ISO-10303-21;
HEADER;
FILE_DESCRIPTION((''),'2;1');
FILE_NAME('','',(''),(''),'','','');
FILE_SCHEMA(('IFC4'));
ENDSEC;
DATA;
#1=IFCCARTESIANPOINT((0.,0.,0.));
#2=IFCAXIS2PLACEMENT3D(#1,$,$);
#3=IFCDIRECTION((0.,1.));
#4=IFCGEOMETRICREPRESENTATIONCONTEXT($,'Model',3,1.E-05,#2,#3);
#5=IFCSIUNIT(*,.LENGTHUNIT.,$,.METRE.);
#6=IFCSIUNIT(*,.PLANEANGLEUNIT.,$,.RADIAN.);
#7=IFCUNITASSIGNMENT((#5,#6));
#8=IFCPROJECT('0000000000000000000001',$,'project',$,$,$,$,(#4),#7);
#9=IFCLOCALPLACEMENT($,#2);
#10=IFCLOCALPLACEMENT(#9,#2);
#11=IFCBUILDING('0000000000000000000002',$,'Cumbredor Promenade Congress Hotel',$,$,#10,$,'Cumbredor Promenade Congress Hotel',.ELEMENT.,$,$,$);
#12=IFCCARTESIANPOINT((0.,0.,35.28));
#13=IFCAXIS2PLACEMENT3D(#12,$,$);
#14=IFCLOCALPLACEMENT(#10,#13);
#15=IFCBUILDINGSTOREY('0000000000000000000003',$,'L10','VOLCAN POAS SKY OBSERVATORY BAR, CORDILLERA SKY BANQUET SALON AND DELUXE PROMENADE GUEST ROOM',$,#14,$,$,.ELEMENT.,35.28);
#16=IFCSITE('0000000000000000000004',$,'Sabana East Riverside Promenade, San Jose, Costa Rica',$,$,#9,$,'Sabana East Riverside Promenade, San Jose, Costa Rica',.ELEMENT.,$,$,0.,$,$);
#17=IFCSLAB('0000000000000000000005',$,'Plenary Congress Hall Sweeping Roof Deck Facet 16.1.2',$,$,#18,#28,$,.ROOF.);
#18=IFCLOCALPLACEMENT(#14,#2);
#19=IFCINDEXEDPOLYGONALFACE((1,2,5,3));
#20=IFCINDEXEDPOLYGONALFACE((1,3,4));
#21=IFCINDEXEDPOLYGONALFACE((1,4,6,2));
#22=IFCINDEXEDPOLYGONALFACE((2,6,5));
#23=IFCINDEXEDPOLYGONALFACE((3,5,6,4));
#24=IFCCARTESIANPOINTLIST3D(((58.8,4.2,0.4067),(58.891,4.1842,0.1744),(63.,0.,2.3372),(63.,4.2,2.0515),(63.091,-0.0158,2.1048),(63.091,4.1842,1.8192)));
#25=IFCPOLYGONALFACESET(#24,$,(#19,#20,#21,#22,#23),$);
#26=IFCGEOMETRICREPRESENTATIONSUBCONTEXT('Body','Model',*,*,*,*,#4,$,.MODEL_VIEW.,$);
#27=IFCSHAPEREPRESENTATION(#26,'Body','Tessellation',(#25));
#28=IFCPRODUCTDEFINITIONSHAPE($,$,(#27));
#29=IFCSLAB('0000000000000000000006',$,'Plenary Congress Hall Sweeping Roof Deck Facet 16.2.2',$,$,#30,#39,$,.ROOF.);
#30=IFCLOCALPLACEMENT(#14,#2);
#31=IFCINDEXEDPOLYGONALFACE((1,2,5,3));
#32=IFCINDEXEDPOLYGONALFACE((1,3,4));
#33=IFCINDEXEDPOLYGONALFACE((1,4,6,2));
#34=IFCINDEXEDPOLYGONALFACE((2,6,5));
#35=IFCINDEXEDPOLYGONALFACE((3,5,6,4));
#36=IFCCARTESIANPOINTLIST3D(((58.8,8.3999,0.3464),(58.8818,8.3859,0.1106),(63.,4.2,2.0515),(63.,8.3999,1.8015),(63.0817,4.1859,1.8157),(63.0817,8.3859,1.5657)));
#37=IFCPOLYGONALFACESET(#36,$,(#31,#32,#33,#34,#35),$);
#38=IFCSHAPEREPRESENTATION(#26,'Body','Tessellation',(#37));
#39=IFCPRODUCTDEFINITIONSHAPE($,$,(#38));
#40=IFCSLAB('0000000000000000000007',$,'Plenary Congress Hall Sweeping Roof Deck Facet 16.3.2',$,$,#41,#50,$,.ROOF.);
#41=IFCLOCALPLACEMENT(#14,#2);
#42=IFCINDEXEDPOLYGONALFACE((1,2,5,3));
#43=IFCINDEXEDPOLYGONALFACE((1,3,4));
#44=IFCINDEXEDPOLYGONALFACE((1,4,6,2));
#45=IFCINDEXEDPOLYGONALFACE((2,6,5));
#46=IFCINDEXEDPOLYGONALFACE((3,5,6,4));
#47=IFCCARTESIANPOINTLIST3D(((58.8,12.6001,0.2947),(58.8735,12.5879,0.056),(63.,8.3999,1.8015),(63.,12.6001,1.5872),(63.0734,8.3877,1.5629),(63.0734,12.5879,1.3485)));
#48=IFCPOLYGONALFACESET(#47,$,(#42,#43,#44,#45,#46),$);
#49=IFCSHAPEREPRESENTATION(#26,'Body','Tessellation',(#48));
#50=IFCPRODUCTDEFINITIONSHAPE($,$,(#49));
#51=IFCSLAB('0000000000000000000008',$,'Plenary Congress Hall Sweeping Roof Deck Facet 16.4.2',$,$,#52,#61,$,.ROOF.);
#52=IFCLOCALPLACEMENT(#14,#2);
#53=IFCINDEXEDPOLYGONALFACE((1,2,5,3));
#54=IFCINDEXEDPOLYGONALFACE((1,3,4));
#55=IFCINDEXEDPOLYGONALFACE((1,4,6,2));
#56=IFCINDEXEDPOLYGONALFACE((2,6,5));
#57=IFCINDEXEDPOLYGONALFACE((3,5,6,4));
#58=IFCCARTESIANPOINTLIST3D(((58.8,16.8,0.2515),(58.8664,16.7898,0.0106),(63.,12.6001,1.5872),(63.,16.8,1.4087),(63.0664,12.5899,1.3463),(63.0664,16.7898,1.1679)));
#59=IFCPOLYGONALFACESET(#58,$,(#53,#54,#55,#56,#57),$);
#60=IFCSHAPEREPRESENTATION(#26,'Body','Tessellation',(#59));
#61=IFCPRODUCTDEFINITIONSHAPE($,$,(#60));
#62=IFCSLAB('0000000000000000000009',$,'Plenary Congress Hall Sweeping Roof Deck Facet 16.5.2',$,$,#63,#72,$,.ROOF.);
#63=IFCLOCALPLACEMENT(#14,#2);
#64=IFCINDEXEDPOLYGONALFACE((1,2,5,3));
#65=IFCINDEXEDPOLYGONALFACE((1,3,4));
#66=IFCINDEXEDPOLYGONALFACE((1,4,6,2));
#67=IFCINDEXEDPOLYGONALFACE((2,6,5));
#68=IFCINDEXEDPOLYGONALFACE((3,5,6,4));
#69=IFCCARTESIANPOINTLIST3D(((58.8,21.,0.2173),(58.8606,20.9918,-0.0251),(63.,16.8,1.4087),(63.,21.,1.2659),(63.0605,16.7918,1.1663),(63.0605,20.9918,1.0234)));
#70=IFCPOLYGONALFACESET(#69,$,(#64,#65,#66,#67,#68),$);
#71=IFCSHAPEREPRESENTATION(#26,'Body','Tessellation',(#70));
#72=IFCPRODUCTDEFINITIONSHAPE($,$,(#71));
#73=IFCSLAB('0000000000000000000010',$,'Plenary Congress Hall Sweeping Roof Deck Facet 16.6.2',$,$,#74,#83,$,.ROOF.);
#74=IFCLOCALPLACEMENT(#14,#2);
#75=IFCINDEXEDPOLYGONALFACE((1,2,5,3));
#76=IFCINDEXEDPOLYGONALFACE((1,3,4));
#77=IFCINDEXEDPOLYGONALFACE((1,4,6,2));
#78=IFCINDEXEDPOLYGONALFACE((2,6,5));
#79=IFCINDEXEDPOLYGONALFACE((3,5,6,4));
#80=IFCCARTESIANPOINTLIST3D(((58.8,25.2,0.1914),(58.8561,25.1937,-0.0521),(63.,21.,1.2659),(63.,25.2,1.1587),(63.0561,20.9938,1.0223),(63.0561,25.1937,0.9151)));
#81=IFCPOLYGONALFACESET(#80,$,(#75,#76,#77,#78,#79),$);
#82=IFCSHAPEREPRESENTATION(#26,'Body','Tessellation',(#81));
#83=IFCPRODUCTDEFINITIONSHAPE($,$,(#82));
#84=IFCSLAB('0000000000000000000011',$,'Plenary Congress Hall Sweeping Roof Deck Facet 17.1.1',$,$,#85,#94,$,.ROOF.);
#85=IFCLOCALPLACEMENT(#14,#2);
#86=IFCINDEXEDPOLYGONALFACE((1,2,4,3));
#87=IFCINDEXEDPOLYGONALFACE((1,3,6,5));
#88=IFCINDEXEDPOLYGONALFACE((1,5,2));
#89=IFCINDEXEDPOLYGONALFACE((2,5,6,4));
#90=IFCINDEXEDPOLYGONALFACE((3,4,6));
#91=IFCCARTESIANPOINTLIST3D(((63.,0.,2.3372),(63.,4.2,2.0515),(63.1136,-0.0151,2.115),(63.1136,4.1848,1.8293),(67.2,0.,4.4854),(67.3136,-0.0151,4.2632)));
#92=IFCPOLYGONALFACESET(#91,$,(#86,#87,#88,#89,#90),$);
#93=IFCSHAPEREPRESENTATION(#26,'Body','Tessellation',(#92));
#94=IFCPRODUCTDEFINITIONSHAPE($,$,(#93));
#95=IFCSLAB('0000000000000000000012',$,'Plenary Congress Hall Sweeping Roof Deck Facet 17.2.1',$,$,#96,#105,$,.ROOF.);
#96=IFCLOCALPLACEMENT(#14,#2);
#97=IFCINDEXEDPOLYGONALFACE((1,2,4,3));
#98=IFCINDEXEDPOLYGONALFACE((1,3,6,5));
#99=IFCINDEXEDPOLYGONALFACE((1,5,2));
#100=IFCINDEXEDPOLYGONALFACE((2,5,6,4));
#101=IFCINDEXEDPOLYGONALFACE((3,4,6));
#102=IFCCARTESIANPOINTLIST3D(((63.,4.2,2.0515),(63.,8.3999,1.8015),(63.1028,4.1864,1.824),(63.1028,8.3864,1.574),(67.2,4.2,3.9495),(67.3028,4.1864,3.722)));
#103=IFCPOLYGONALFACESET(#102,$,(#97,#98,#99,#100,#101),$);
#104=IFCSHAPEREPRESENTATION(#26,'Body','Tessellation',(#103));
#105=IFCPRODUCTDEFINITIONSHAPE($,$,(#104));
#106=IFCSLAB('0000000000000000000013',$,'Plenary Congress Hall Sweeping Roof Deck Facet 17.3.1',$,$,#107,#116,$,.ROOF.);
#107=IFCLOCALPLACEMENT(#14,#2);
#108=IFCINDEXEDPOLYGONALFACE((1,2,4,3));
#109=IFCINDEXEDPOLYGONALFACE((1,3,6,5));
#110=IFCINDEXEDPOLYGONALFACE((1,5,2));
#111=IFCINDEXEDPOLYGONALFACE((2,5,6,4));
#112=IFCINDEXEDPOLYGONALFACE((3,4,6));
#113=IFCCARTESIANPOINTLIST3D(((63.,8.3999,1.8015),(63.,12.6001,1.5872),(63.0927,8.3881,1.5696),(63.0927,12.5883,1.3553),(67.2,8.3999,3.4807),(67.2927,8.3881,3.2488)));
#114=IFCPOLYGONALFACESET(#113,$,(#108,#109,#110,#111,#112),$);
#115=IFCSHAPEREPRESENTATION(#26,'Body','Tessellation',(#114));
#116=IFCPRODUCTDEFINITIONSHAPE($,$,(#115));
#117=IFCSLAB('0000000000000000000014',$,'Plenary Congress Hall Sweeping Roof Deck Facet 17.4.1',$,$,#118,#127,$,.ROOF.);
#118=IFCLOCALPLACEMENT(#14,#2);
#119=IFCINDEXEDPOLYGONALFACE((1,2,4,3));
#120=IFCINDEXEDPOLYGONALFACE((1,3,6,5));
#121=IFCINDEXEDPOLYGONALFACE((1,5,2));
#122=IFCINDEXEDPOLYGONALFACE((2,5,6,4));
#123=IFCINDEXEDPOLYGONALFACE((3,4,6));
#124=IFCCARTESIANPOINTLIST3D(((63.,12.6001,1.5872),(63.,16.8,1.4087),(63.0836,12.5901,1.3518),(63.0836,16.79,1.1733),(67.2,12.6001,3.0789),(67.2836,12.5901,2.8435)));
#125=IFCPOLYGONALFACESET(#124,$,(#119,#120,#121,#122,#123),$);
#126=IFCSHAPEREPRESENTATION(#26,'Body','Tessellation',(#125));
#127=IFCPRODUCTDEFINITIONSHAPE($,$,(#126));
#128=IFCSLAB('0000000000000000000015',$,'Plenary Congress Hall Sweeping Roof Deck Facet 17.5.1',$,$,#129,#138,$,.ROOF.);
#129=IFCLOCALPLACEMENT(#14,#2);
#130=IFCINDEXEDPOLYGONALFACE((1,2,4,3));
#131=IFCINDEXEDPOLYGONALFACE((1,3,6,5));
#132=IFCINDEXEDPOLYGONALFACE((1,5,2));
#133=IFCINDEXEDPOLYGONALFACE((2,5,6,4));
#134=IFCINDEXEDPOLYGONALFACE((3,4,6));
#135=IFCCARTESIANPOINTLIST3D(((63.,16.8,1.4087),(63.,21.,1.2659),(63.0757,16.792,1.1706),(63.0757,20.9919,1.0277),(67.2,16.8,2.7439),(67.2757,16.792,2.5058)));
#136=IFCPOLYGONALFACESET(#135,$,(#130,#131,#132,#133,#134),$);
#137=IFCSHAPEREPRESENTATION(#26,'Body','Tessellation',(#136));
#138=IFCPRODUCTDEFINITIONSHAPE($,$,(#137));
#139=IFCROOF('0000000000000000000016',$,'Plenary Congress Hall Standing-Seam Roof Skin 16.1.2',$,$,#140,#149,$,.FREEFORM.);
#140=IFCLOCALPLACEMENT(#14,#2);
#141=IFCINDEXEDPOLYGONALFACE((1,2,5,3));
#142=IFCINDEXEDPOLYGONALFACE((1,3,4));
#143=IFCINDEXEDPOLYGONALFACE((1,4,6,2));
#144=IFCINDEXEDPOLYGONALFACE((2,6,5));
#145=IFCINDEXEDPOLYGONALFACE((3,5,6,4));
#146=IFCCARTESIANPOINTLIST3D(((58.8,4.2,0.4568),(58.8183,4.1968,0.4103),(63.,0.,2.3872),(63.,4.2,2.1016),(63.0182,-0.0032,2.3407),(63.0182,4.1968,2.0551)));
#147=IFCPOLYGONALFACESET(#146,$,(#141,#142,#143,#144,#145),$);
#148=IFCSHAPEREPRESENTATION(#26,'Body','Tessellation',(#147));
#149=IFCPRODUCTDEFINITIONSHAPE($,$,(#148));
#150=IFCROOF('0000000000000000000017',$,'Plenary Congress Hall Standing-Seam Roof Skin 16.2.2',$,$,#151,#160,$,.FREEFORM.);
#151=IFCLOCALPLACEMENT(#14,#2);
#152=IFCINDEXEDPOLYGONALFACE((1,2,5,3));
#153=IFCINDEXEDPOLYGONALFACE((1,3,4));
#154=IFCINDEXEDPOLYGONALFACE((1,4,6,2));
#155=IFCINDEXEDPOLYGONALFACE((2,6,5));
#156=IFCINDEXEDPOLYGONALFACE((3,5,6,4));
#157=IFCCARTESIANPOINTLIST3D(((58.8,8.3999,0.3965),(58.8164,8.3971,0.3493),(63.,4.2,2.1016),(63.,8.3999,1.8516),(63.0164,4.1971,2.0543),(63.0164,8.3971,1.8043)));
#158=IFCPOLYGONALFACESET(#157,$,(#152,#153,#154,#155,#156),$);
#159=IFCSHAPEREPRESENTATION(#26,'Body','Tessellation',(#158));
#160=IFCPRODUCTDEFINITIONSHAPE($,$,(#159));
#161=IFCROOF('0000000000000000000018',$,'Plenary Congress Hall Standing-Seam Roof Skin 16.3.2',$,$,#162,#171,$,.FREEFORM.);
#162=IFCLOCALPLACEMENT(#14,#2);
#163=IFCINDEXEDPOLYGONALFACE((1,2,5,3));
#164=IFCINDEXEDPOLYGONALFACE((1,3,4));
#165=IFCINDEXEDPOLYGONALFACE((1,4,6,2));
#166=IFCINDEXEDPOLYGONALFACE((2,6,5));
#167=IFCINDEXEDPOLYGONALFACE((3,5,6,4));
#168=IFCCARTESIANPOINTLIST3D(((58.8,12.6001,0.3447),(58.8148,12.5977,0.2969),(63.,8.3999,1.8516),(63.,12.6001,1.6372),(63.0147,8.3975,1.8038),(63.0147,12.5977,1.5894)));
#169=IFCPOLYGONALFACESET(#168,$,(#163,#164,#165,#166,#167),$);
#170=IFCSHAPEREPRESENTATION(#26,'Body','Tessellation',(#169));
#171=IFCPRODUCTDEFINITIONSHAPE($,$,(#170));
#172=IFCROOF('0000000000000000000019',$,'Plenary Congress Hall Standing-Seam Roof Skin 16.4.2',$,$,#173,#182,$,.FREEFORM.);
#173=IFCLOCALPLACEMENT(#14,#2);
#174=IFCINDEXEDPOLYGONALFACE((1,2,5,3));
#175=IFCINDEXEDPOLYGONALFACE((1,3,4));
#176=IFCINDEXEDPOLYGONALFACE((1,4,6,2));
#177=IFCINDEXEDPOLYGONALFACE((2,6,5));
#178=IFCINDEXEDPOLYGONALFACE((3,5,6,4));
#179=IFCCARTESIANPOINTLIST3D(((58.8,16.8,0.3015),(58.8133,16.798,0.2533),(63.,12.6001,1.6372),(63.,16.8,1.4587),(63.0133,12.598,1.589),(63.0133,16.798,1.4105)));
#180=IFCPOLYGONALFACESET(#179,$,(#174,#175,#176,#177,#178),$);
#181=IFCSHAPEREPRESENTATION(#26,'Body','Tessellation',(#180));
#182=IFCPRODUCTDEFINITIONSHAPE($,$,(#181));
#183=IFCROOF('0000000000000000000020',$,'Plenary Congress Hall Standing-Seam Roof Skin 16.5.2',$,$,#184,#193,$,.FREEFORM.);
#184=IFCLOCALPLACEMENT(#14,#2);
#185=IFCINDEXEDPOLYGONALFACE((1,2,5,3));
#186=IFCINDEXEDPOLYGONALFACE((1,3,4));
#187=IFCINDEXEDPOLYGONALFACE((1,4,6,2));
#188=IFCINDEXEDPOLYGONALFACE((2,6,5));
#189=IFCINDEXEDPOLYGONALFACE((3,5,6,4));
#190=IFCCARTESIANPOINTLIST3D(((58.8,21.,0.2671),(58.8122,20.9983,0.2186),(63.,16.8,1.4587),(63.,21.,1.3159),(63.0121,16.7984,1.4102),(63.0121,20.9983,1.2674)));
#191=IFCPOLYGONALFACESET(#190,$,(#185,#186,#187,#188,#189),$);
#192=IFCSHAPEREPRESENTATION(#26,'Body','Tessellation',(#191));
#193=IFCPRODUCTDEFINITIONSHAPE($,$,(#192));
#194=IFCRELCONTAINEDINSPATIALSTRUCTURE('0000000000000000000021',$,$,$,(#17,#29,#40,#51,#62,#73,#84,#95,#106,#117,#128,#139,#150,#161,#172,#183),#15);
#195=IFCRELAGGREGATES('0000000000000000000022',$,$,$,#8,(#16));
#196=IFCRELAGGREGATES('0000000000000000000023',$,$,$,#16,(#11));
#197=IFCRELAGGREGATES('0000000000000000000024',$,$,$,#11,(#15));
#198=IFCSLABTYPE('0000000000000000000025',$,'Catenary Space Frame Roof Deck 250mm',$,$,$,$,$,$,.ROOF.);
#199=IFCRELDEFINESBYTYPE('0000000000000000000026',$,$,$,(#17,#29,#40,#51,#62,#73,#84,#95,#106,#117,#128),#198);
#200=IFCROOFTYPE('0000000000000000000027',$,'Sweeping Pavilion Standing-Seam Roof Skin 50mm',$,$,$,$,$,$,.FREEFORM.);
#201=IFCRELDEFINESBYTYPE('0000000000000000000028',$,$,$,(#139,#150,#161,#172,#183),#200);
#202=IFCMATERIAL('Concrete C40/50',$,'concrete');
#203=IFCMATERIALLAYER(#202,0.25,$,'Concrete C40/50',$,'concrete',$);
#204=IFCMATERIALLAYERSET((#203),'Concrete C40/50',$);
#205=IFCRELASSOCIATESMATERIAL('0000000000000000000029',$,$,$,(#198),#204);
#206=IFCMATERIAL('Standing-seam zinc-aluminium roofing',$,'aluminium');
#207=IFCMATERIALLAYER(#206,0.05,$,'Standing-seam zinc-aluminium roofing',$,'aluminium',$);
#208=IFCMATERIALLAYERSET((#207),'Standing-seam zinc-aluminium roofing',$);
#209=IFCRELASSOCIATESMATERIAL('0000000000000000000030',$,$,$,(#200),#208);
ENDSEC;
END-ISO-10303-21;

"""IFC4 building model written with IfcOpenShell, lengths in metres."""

from ifc_helpers import new_model, si_unit, direction, frame, origin, place, context, subcontext, project, spatial, polyline, outline, extrude, material, layer, layer_set, type_object, element, save


model = new_model("IFC4")

# Units and contexts
model_context = context("Model", 3, precision=1e-05, world=origin(), true_north=direction((0.0, 1.0)))
body_context = subcontext(model_context, "Body", "Model", "MODEL_VIEW")
ifc_project = project(units=[si_unit("LENGTHUNIT", "METRE"), si_unit("PLANEANGLEUNIT", "RADIAN")], contexts=[model_context])

# Site, building, storey
site_placement = place(None, origin())
site = spatial("IfcSite", under=ifc_project, at=site_placement, Name="Sabana East Riverside Promenade, San Jose, Costa Rica", LongName="Sabana East Riverside Promenade, San Jose, Costa Rica", CompositionType="ELEMENT", RefElevation=0.0)
building_placement = place(site_placement, origin())
building = spatial("IfcBuilding", under=site, at=building_placement, Name="Cumbredor Promenade Congress Hotel", LongName="Cumbredor Promenade Congress Hotel", CompositionType="ELEMENT")
storey_placement = place(building_placement, frame((0.0, 0.0, 35.28)))
storey = spatial("IfcBuildingStorey", under=building, at=storey_placement, Name="L10", Description="VOLCAN POAS SKY OBSERVATORY BAR, CORDILLERA SKY BANQUET SALON AND DELUXE PROMENADE GUEST ROOM", CompositionType="ELEMENT", Elevation=35.28)

# Slabs
ifc_material_1 = material(Name="Concrete C40/50", Category="concrete")
ifc_layer_1 = layer(ifc_material_1, 0.25, Name="Concrete C40/50", Category="concrete")
ifc_layer_set_1 = layer_set([ifc_layer_1], Name="Concrete C40/50")
slab_type = type_object("IfcSlabType", Name="Catenary Space Frame Roof Deck 250mm", PredefinedType="ROOF", material=ifc_layer_set_1)
slab_1_placement = place(storey_placement, frame((63.0, 0.0, 2.3372), z_axis=(-0.363923, 0.063202, 0.929282), x_axis=(0.0, 0.997695, -0.067855)))
element("IfcSlab", 1, at=slab_1_placement, inside=storey, type_object=slab_type, Name="Plenary Congress Hall Sweeping Roof Deck Facet 16.1.2", PredefinedType="ROOF", context=body_context, shape_type="SweptSolid", body=[
    extrude(outline(polyline([(0.0, 0.0), (4.2097, 0.0), (4.3213, 4.5091), (0.0, 0.0)])), origin(), (0.0, 0.0, -1.0), 0.25),
])
slab_2_placement = place(storey_placement, frame((63.0, 4.2, 2.0515), z_axis=(-0.326845, 0.056156, 0.943408), x_axis=(0.0, 0.998233, -0.059419)))
element("IfcSlab", 2, at=slab_2_placement, inside=storey, type_object=slab_type, Name="Plenary Congress Hall Sweeping Roof Deck Facet 16.2.2", PredefinedType="ROOF", context=body_context, shape_type="SweptSolid", body=[
    extrude(outline(polyline([(0.0, 0.0), (4.2074, 0.0), (4.2938, 4.444), (0.0, 0.0)])), origin(), (0.0, 0.0, -1.0), 0.25),
])
slab_3_placement = place(storey_placement, frame((63.0, 8.3999, 1.8015), z_axis=(-0.293776, 0.048719, 0.954632), x_axis=(0.0, 0.9987, -0.050968)))
element("IfcSlab", 3, at=slab_3_placement, inside=storey, type_object=slab_type, Name="Plenary Congress Hall Sweeping Roof Deck Facet 16.3.2", PredefinedType="ROOF", context=body_context, shape_type="SweptSolid", body=[
    extrude(outline(polyline([(0.0, 0.0), (4.2057, 0.0), (4.2715, 4.3938), (0.0, 0.0)])), origin(), (0.0, 0.0, -1.0), 0.25),
])
slab_4_placement = place(storey_placement, frame((63.0, 12.6001, 1.5872), z_axis=(-0.265412, 0.040932, 0.963266), x_axis=(0.0, 0.999098, -0.042454)))
element("IfcSlab", 4, at=slab_4_placement, inside=storey, type_object=slab_type, Name="Plenary Congress Hall Sweeping Roof Deck Facet 16.4.2", PredefinedType="ROOF", context=body_context, shape_type="SweptSolid", body=[
    extrude(outline(polyline([(0.0, 0.0), (4.2037, 0.0), (4.2529, 4.3562), (0.0, 0.0)])), origin(), (0.0, 0.0, -1.0), 0.25),
])
slab_5_placement = place(storey_placement, frame((63.0, 16.8, 1.4087), z_axis=(-0.242099, 0.032975, 0.969691), x_axis=(0.0, 0.999422, -0.033986)))
element("IfcSlab", 5, at=slab_5_placement, inside=storey, type_object=slab_type, Name="Plenary Congress Hall Sweeping Roof Deck Facet 16.5.2", PredefinedType="ROOF", context=body_context, shape_type="SweptSolid", body=[
    extrude(outline(polyline([(0.0, 0.0), (4.2024, 0.0), (4.238, 4.3287), (0.0, 0.0)])), origin(), (0.0, 0.0, -1.0), 0.25),
])
slab_6_placement = place(storey_placement, frame((63.0, 21.0, 1.2659), z_axis=(-0.224364, 0.02486, 0.974188), x_axis=(0.0, 0.999675, -0.02551)))
element("IfcSlab", 6, at=slab_6_placement, inside=storey, type_object=slab_type, Name="Plenary Congress Hall Sweeping Roof Deck Facet 16.6.2", PredefinedType="ROOF", context=body_context, shape_type="SweptSolid", body=[
    extrude(outline(polyline([(0.0, 0.0), (4.2013, 0.0), (4.226, 4.3098), (0.0, 0.0)])), origin(), (0.0, 0.0, -1.0), 0.25),
])
slab_7_placement = place(storey_placement, frame((63.0, 0.0, 2.3372), z_axis=(-0.454539, 0.06044, 0.888674), x_axis=(0.890301, 0.0, 0.455372)))
element("IfcSlab", 7, at=slab_7_placement, inside=storey, type_object=slab_type, Name="Plenary Congress Hall Sweeping Roof Deck Facet 17.1.1", PredefinedType="ROOF", context=body_context, shape_type="SweptSolid", body=[
    extrude(outline(polyline([(0.0, 0.0), (4.7174, 0.0), (-0.1301, 4.2076), (0.0, 0.0)])), origin(), (0.0, 0.0, -1.0), 0.25),
])
slab_8_placement = place(storey_placement, frame((63.0, 4.2, 2.0515), z_axis=(-0.411198, 0.054163, 0.909935), x_axis=(0.911273, 0.0, 0.411802)))
element("IfcSlab", 8, at=slab_8_placement, inside=storey, type_object=slab_type, Name="Plenary Congress Hall Sweeping Roof Deck Facet 17.2.1", PredefinedType="ROOF", context=body_context, shape_type="SweptSolid", body=[
    extrude(outline(polyline([(0.0, 0.0), (4.6089, 0.0), (-0.103, 4.2061), (0.0, 0.0)])), origin(), (0.0, 0.0, -1.0), 0.25),
])
slab_9_placement = place(storey_placement, frame((63.0, 8.3999, 1.8015), z_axis=(-0.370826, 0.047334, 0.927495), x_axis=(0.928536, 0.0, 0.371242)))
element("IfcSlab", 9, at=slab_9_placement, inside=storey, type_object=slab_type, Name="Plenary Congress Hall Sweeping Roof Deck Facet 17.3.1", PredefinedType="ROOF", context=body_context, shape_type="SweptSolid", body=[
    extrude(outline(polyline([(0.0, 0.0), (4.5232, 0.0), (-0.0796, 4.2049), (0.0, 0.0)])), origin(), (0.0, 0.0, -1.0), 0.25),
])
slab_10_placement = place(storey_placement, frame((63.0, 12.6001, 1.5872), z_axis=(-0.33442, 0.04001, 0.941575), x_axis=(0.942329, 0.0, 0.334688)))
element("IfcSlab", 10, at=slab_10_placement, inside=storey, type_object=slab_type, Name="Plenary Congress Hall Sweeping Roof Deck Facet 17.4.1", PredefinedType="ROOF", context=body_context, shape_type="SweptSolid", body=[
    extrude(outline(polyline([(0.0, 0.0), (4.457, 0.0), (-0.0597, 4.2033), (0.0, 0.0)])), origin(), (0.0, 0.0, -1.0), 0.25),
])
slab_11_placement = place(storey_placement, frame((63.0, 16.8, 1.4087), z_axis=(-0.302809, 0.03239, 0.952501), x_axis=(0.953001, 0.0, 0.302968)))
element("IfcSlab", 11, at=slab_11_placement, inside=storey, type_object=slab_type, Name="Plenary Congress Hall Sweeping Roof Deck Facet 17.5.1", PredefinedType="ROOF", context=body_context, shape_type="SweptSolid", body=[
    extrude(outline(polyline([(0.0, 0.0), (4.4071, 0.0), (-0.0433, 4.2022), (0.0, 0.0)])), origin(), (0.0, 0.0, -1.0), 0.25),
])

# Roofs
ifc_material_2 = material(Name="Standing-seam zinc-aluminium roofing", Category="aluminium")
ifc_layer_2 = layer(ifc_material_2, 0.05, Name="Standing-seam zinc-aluminium roofing", Category="aluminium")
ifc_layer_set_2 = layer_set([ifc_layer_2], Name="Standing-seam zinc-aluminium roofing")
roof_type = type_object("IfcRoofType", Name="Sweeping Pavilion Standing-Seam Roof Skin 50mm", PredefinedType="FREEFORM", material=ifc_layer_set_2)
roof_1_placement = place(storey_placement, frame((63.0, 0.0, 2.3872), z_axis=(-0.363923, 0.063202, 0.929282), x_axis=(0.0, 0.997695, -0.067855)))
element("IfcRoof", 12, at=roof_1_placement, inside=storey, type_object=roof_type, Name="Plenary Congress Hall Standing-Seam Roof Skin 16.1.2", PredefinedType="FREEFORM", context=body_context, shape_type="SweptSolid", body=[
    extrude(outline(polyline([(0.0, 0.0), (4.2097, 0.0), (4.3213, 4.5091), (0.0, 0.0)])), origin(), (0.0, 0.0, -1.0), 0.05),
])
roof_2_placement = place(storey_placement, frame((63.0, 4.2, 2.1016), z_axis=(-0.326845, 0.056156, 0.943408), x_axis=(0.0, 0.998233, -0.059419)))
element("IfcRoof", 13, at=roof_2_placement, inside=storey, type_object=roof_type, Name="Plenary Congress Hall Standing-Seam Roof Skin 16.2.2", PredefinedType="FREEFORM", context=body_context, shape_type="SweptSolid", body=[
    extrude(outline(polyline([(0.0, 0.0), (4.2074, 0.0), (4.2938, 4.444), (0.0, 0.0)])), origin(), (0.0, 0.0, -1.0), 0.05),
])
roof_3_placement = place(storey_placement, frame((63.0, 8.3999, 1.8516), z_axis=(-0.293776, 0.048719, 0.954632), x_axis=(0.0, 0.9987, -0.050968)))
element("IfcRoof", 14, at=roof_3_placement, inside=storey, type_object=roof_type, Name="Plenary Congress Hall Standing-Seam Roof Skin 16.3.2", PredefinedType="FREEFORM", context=body_context, shape_type="SweptSolid", body=[
    extrude(outline(polyline([(0.0, 0.0), (4.2057, 0.0), (4.2715, 4.3938), (0.0, 0.0)])), origin(), (0.0, 0.0, -1.0), 0.05),
])
roof_4_placement = place(storey_placement, frame((63.0, 12.6001, 1.6372), z_axis=(-0.265412, 0.040932, 0.963266), x_axis=(0.0, 0.999098, -0.042454)))
element("IfcRoof", 15, at=roof_4_placement, inside=storey, type_object=roof_type, Name="Plenary Congress Hall Standing-Seam Roof Skin 16.4.2", PredefinedType="FREEFORM", context=body_context, shape_type="SweptSolid", body=[
    extrude(outline(polyline([(0.0, 0.0), (4.2037, 0.0), (4.2529, 4.3562), (0.0, 0.0)])), origin(), (0.0, 0.0, -1.0), 0.05),
])
roof_5_placement = place(storey_placement, frame((63.0, 16.8, 1.4587), z_axis=(-0.242152, 0.032975, 0.969678), x_axis=(0.0, 0.999422, -0.033986)))
element("IfcRoof", 16, at=roof_5_placement, inside=storey, type_object=roof_type, Name="Plenary Congress Hall Standing-Seam Roof Skin 16.5.2", PredefinedType="FREEFORM", context=body_context, shape_type="SweptSolid", body=[
    extrude(outline(polyline([(0.0, 0.0), (4.2024, 0.0), (4.238, 4.3288), (0.0, 0.0)])), origin(), (0.0, 0.0, -1.0), 0.05),
])

save(model, "model.ifc")
